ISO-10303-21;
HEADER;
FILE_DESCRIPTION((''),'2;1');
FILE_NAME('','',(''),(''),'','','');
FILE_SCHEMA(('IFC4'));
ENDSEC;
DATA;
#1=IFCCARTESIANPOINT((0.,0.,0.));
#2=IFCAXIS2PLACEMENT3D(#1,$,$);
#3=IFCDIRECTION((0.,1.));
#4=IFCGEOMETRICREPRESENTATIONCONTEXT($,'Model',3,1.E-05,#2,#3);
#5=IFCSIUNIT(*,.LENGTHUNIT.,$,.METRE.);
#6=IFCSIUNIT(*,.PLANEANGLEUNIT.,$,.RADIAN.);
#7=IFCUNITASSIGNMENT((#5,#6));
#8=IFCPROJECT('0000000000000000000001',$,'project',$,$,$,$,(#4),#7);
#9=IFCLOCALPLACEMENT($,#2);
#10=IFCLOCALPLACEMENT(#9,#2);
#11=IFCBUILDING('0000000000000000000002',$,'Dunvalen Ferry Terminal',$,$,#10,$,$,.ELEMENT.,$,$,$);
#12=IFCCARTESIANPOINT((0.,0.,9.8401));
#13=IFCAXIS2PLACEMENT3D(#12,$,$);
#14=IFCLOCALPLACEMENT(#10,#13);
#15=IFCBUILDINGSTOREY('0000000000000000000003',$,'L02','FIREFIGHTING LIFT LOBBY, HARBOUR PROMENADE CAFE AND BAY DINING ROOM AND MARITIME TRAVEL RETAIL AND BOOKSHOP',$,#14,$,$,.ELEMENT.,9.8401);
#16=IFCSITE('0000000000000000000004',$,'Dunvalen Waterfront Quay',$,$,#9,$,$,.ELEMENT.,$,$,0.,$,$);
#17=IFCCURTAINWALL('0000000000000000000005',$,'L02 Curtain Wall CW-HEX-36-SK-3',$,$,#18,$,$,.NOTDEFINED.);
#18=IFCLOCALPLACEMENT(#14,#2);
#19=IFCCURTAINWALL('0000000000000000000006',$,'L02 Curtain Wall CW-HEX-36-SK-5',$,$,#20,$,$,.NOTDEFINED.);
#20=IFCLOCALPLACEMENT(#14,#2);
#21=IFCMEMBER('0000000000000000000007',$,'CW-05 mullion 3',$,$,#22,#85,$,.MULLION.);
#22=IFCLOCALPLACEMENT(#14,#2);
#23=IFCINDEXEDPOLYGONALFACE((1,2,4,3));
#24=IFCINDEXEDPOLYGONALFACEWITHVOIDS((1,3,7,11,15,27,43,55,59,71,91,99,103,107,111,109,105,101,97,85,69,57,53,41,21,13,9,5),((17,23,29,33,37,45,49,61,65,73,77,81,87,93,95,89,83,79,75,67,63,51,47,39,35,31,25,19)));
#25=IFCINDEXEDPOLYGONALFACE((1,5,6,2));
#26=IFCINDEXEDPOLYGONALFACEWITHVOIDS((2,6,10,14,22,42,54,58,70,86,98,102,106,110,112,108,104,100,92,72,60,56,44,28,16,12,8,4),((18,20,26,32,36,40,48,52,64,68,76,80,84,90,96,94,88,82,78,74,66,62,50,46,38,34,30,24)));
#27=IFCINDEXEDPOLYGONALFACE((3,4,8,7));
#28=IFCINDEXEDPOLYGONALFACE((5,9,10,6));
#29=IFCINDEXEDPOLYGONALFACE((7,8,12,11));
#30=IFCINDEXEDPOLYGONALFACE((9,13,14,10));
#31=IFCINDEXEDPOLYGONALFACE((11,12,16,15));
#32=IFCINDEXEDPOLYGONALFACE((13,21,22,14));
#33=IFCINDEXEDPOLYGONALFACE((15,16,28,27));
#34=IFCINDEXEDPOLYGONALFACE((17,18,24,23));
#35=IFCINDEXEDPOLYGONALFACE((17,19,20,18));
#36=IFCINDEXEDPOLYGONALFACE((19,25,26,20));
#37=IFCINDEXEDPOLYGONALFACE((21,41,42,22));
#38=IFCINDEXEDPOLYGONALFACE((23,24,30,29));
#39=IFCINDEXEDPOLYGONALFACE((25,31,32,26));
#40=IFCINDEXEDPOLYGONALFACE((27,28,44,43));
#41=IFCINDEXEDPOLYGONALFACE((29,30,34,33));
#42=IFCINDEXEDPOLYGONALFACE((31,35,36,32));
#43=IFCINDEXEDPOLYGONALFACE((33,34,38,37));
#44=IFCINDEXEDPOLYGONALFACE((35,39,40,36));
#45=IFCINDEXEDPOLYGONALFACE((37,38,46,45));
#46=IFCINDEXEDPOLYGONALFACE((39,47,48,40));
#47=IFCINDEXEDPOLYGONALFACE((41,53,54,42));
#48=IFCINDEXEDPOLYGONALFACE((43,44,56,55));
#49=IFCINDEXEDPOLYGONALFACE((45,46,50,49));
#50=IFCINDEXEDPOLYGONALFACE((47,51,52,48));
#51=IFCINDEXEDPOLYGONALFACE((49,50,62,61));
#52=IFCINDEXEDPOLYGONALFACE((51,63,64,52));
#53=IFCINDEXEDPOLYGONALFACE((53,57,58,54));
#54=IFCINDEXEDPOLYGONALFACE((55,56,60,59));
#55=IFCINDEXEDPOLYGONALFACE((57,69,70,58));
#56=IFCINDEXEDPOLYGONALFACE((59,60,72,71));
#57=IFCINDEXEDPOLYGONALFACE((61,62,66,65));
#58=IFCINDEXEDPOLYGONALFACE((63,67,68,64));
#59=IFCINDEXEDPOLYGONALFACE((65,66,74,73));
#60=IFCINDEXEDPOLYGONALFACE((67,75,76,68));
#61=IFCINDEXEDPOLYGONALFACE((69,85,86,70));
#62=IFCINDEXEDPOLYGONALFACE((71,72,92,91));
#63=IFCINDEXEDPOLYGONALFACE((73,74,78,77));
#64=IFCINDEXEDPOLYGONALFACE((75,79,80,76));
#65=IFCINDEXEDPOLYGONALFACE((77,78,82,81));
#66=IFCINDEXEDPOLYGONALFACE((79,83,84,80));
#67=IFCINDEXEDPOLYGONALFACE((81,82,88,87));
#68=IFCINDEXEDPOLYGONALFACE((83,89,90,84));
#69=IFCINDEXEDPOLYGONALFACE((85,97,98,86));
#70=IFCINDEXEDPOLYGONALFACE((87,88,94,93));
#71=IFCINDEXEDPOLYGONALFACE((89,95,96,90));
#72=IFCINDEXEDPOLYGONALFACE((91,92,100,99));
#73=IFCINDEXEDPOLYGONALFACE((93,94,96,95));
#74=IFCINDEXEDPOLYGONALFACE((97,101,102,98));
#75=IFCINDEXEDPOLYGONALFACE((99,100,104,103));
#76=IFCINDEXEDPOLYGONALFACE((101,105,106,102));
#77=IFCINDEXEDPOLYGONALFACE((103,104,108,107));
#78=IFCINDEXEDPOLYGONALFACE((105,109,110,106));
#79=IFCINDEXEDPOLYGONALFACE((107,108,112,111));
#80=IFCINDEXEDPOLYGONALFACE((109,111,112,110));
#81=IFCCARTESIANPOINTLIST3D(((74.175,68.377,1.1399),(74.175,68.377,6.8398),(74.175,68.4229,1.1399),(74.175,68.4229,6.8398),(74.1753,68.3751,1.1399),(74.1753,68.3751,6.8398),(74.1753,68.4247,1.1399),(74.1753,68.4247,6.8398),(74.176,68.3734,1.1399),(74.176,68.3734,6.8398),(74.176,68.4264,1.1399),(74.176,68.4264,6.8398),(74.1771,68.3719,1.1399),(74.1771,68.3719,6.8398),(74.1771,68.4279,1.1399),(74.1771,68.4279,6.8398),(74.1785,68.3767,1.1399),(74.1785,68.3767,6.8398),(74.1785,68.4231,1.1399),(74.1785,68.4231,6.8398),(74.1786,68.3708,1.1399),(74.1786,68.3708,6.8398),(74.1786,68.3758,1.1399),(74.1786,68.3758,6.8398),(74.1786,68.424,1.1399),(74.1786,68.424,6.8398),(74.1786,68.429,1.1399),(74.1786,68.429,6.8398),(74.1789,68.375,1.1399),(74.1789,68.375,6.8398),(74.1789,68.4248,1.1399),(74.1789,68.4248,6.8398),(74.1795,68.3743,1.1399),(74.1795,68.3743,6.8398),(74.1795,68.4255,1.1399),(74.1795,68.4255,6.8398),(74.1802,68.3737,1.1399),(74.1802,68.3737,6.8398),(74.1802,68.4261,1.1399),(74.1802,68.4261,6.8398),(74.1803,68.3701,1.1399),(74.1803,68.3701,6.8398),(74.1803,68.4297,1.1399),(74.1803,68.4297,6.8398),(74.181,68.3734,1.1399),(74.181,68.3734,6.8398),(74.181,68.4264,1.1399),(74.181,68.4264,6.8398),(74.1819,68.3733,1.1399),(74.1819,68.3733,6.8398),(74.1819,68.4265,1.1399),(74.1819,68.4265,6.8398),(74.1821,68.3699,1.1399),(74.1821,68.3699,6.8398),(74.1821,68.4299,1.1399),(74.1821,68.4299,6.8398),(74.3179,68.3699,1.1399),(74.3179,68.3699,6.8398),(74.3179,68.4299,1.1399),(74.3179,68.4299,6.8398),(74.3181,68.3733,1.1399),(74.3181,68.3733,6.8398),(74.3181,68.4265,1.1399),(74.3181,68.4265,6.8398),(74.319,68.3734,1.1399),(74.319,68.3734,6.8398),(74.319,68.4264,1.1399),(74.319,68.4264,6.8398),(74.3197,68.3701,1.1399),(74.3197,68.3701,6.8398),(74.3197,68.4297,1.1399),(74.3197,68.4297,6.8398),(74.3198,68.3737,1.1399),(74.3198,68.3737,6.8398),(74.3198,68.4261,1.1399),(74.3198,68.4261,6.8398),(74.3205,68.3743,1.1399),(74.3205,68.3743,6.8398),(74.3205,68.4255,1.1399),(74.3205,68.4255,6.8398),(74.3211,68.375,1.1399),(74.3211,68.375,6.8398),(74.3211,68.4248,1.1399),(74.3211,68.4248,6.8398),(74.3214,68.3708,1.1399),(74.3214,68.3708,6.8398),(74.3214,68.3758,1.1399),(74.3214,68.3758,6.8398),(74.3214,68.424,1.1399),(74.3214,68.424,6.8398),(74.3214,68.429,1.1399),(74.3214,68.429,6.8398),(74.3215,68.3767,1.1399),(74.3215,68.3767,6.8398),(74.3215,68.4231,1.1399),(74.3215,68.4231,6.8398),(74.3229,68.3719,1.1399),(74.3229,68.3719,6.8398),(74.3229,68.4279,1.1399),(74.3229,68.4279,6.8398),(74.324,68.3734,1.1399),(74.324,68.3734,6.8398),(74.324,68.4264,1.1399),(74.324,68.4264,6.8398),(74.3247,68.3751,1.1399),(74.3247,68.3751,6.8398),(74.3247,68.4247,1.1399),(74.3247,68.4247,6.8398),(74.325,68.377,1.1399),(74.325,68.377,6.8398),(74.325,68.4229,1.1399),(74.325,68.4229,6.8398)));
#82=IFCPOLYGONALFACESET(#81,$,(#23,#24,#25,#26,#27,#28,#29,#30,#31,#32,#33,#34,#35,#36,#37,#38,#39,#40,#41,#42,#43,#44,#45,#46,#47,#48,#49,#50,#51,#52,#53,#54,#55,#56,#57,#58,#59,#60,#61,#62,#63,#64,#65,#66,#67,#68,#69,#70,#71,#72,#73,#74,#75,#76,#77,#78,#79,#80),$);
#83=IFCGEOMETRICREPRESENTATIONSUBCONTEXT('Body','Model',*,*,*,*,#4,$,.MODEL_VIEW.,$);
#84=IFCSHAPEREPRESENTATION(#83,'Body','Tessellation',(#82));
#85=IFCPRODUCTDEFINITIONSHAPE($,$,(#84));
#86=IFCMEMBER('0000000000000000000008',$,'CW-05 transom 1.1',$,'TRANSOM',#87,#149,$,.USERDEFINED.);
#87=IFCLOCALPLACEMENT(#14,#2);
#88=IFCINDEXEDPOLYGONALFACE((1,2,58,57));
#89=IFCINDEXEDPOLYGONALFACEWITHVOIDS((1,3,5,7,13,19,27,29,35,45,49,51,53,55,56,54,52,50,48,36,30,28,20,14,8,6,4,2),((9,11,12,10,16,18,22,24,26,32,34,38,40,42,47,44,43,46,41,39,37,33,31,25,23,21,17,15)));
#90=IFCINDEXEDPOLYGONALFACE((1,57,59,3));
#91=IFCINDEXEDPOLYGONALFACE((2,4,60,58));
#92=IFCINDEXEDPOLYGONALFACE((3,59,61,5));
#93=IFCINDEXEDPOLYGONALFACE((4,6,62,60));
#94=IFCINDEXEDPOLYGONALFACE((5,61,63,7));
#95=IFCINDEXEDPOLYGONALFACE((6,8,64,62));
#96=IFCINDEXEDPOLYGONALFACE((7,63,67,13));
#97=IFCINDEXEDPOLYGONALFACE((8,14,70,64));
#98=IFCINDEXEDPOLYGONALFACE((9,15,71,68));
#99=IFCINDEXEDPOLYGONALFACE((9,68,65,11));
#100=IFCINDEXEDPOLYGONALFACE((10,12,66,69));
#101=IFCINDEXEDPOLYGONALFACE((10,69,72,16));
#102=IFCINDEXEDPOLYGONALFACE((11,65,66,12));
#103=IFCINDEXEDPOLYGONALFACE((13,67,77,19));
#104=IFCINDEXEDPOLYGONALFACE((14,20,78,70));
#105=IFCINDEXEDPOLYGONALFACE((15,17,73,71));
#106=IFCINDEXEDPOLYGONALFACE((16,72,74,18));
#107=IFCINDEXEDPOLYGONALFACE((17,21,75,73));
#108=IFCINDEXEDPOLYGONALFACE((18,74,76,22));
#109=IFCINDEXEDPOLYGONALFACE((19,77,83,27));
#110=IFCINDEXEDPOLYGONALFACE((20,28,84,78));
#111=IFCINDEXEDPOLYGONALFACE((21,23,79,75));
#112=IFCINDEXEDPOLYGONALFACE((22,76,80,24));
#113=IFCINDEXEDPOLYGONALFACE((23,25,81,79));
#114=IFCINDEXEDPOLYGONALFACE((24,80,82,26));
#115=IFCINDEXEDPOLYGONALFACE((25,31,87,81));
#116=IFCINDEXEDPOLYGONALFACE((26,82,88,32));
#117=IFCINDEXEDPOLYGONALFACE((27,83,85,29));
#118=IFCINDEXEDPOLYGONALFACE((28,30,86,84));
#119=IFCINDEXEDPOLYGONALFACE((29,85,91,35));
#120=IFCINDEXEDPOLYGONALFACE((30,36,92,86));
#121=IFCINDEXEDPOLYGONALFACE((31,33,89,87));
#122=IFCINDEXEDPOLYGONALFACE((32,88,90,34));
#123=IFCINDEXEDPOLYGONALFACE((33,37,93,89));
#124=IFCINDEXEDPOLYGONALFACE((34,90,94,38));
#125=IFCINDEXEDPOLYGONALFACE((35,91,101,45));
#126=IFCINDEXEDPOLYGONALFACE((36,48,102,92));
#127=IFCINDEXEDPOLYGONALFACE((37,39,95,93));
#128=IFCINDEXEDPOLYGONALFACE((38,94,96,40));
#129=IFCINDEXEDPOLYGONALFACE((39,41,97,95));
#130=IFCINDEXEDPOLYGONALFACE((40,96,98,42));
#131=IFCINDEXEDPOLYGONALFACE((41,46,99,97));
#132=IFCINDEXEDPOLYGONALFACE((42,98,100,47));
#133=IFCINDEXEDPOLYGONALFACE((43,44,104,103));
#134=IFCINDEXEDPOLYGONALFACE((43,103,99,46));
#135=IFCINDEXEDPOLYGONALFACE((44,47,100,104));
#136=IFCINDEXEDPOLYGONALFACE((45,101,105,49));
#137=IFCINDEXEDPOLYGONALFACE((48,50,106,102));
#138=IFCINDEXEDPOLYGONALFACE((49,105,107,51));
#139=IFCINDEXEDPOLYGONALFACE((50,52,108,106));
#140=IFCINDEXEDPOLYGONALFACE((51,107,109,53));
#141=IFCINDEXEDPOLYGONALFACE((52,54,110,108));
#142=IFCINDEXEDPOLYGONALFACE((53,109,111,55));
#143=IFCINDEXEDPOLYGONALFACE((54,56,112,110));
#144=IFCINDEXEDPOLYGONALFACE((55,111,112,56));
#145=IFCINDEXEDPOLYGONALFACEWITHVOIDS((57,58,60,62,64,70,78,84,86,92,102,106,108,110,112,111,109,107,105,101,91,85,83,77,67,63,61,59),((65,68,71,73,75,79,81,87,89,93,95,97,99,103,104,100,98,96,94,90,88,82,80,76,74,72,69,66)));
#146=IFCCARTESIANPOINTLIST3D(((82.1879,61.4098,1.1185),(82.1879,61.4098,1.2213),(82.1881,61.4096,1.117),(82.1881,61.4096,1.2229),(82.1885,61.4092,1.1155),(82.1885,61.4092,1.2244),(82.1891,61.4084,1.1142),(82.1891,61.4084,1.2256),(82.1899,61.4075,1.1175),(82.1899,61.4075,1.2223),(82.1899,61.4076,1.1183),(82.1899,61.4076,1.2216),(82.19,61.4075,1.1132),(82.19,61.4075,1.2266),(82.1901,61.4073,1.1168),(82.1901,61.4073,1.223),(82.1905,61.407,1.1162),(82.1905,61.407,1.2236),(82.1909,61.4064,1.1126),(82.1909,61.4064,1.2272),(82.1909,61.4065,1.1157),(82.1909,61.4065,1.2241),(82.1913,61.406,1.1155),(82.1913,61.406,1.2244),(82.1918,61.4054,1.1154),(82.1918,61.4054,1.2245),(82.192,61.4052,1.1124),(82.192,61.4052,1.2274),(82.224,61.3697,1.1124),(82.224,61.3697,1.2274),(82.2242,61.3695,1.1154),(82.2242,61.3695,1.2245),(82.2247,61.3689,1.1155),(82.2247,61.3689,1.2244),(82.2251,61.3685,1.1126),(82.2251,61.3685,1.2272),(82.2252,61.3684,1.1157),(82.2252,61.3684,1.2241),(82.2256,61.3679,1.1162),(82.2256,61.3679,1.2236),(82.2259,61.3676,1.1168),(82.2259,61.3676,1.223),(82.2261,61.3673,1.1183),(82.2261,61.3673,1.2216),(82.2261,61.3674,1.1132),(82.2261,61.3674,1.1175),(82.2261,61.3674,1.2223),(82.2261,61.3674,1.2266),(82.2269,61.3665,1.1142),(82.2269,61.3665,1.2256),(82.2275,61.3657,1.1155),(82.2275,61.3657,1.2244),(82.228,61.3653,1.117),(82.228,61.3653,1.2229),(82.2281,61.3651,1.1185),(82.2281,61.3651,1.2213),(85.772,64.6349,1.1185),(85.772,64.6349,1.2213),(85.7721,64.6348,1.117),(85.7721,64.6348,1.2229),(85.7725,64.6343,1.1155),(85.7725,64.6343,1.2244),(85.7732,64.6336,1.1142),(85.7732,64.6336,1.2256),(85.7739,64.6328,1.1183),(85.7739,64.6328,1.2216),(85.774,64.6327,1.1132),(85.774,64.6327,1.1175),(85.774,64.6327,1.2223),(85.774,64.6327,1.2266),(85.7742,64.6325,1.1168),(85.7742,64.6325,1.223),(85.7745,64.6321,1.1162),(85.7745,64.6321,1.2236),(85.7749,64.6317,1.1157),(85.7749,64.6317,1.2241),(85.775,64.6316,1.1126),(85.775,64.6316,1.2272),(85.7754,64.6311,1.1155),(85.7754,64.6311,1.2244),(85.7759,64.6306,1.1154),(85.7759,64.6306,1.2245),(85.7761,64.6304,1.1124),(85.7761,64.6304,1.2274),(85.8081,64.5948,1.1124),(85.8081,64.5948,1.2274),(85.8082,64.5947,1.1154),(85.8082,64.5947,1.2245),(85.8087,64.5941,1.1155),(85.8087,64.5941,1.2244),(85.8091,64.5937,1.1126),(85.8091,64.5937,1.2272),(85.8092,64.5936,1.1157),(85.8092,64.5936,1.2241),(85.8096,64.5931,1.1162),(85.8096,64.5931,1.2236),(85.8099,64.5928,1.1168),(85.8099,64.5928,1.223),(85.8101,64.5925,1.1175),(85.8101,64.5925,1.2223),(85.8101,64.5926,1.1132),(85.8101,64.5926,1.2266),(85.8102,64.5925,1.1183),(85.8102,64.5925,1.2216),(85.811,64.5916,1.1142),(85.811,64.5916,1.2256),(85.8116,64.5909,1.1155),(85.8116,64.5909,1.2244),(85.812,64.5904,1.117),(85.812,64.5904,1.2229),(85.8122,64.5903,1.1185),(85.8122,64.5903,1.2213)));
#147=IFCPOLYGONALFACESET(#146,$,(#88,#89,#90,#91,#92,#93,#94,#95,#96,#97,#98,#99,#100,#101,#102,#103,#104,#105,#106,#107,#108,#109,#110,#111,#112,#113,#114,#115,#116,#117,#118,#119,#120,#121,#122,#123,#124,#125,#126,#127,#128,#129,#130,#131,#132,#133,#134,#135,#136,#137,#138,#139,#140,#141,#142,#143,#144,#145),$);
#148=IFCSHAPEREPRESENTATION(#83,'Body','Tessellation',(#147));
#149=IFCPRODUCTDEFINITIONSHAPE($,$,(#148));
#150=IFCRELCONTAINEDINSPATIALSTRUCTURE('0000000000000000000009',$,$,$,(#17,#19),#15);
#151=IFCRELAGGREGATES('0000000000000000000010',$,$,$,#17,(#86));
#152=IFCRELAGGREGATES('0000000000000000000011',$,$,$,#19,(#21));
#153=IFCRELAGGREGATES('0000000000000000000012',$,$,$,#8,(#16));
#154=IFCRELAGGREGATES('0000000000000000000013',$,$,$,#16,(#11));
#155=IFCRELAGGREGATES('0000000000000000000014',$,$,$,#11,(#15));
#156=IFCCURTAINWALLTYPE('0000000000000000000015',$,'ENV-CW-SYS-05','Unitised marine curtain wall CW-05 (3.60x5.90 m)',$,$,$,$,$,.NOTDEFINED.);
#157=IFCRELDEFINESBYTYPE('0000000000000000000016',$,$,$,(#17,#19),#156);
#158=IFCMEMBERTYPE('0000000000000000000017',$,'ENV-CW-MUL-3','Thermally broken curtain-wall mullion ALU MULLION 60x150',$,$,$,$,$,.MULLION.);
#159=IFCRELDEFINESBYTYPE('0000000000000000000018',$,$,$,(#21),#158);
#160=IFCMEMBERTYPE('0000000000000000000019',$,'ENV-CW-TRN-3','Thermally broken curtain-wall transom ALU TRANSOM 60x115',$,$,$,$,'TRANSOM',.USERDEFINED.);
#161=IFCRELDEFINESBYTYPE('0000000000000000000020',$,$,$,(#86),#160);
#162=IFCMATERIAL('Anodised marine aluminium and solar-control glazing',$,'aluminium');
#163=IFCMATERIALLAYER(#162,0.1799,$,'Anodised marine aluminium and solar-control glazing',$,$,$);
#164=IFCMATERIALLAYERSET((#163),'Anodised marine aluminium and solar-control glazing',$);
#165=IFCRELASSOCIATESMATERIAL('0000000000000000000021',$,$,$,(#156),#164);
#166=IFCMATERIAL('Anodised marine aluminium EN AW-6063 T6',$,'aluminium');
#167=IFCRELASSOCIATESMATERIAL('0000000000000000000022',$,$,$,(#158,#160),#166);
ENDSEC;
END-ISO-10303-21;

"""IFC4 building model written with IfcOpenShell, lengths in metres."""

from ifc_helpers import new_model, si_unit, direction, frame, origin, origin_2d, place, context, subcontext, project, spatial, hollow_rectangle, extrude, material, layer, layer_set, material_profile, profile_set, type_object, element, aggregate, save


model = new_model("IFC4")

# Units and contexts
model_context = context("Model", 3, precision=1e-05, world=origin(), true_north=direction((0.0, 1.0)))
body_context = subcontext(model_context, "Body", "Model", "MODEL_VIEW")
ifc_project = project(units=[si_unit("LENGTHUNIT", "METRE"), si_unit("PLANEANGLEUNIT", "RADIAN")], contexts=[model_context])

# Site, building, storey
site_placement = place(None, origin())
site = spatial("IfcSite", under=ifc_project, at=site_placement, Name="Dunvalen Waterfront Quay", CompositionType="ELEMENT", RefElevation=0.0)
building_placement = place(site_placement, origin())
building = spatial("IfcBuilding", under=site, at=building_placement, Name="Dunvalen Ferry Terminal", CompositionType="ELEMENT")
storey_placement = place(building_placement, frame((0.0, 0.0, 9.8401)))
storey = spatial("IfcBuildingStorey", under=building, at=storey_placement, Name="L02", Description="FIREFIGHTING LIFT LOBBY, HARBOUR PROMENADE CAFE AND BAY DINING ROOM AND MARITIME TRAVEL RETAIL AND BOOKSHOP", CompositionType="ELEMENT", Elevation=9.8401)

# Curtain walls, member
ifc_material_1 = material(Name="Anodised marine aluminium and solar-control glazing", Category="aluminium")
ifc_layer_1 = layer(ifc_material_1, 0.1799, Name="Anodised marine aluminium and solar-control glazing")
ifc_layer_set_1 = layer_set([ifc_layer_1], Name="Anodised marine aluminium and solar-control glazing")
curtain_wall_type_1 = type_object("IfcCurtainWallType", Name="ENV-CW-SYS-05", Description="Unitised marine curtain wall CW-05 (3.60x5.90 m)", PredefinedType="NOTDEFINED", material=ifc_layer_set_1)
curtain_wall_1_placement = place(storey_placement, origin())
curtain_wall_1 = element("IfcCurtainWall", 1, at=curtain_wall_1_placement, inside=storey, type_object=curtain_wall_type_1, Name="L02 Curtain Wall CW-HEX-36-SK-3", PredefinedType="NOTDEFINED")
ifc_material_2 = material(Name="Anodised marine aluminium EN AW-6063 T6", Category="aluminium")
ifc_material_profile_1 = material_profile(ifc_material_2, hollow_rectangle(XDim=0.0601, YDim=0.1499, WallThickness=0.0034, InnerFilletRadius=0.0034, OuterFilletRadius=0.0071, at=origin_2d()), Name="Anodised marine aluminium EN AW-6063 T6")
ifc_profile_set_1 = profile_set([ifc_material_profile_1], Name="Anodised marine aluminium EN AW-6063 T6")
member_type_1 = type_object("IfcMemberType", Name="ENV-CW-MUL-3", Description="Thermally broken curtain-wall mullion ALU MULLION 60x150", PredefinedType="MULLION", material=ifc_profile_set_1)
curtain_wall_2_placement = place(storey_placement, origin())
curtain_wall_2 = element("IfcCurtainWall", 2, at=curtain_wall_2_placement, inside=storey, type_object=curtain_wall_type_1, Name="L02 Curtain Wall CW-HEX-36-SK-5", PredefinedType="NOTDEFINED")
member_1_placement = place(storey_placement, frame((74.25, 68.3999, 1.1399), z_axis=(0.0, 0.0, 1.0), x_axis=(0.0, -1.0, 0.0)))
member_1 = element("IfcMember", 3, at=member_1_placement, type_object=member_type_1, Name="CW-05 mullion 3", PredefinedType="MULLION", context=body_context, shape_type="SweptSolid", body=[
    extrude(hollow_rectangle(XDim=0.0601, YDim=0.1499, WallThickness=0.0034, InnerFilletRadius=0.0034, OuterFilletRadius=0.0071, at=origin_2d()), origin(), (0.0, 0.0, 1.0), 5.7),
])

# Member
ifc_material_profile_2 = material_profile(ifc_material_2, hollow_rectangle(XDim=0.0601, YDim=0.115, WallThickness=0.0029, InnerFilletRadius=0.0029, OuterFilletRadius=0.0061, at=origin_2d()), Name="Anodised marine aluminium EN AW-6063 T6")
ifc_profile_set_2 = profile_set([ifc_material_profile_2], Name="Anodised marine aluminium EN AW-6063 T6")
member_type_2 = type_object("IfcMemberType", Name="ENV-CW-TRN-3", Description="Thermally broken curtain-wall transom ALU TRANSOM 60x115", ElementType="TRANSOM", PredefinedType="USERDEFINED", material=ifc_profile_set_2)
member_2_placement = place(storey_placement, frame((82.208, 61.3875, 1.1699), z_axis=(0.743345, 0.668909, 0.0), x_axis=(-0.668909, 0.743345, 0.0)))
member_2 = element("IfcMember", 4, at=member_2_placement, type_object=member_type_2, Name="CW-05 transom 1.1", ObjectType="TRANSOM", PredefinedType="USERDEFINED", context=body_context, shape_type="SweptSolid", body=[
    extrude(hollow_rectangle(XDim=0.0601, YDim=0.115, WallThickness=0.0029, InnerFilletRadius=0.0029, OuterFilletRadius=0.0061, at=origin_2d()), origin(), (0.0, 0.0, 1.0), 4.8215),
])

aggregate(curtain_wall_1, [member_2])
aggregate(curtain_wall_2, [member_1])

save(model, "model.ifc")
